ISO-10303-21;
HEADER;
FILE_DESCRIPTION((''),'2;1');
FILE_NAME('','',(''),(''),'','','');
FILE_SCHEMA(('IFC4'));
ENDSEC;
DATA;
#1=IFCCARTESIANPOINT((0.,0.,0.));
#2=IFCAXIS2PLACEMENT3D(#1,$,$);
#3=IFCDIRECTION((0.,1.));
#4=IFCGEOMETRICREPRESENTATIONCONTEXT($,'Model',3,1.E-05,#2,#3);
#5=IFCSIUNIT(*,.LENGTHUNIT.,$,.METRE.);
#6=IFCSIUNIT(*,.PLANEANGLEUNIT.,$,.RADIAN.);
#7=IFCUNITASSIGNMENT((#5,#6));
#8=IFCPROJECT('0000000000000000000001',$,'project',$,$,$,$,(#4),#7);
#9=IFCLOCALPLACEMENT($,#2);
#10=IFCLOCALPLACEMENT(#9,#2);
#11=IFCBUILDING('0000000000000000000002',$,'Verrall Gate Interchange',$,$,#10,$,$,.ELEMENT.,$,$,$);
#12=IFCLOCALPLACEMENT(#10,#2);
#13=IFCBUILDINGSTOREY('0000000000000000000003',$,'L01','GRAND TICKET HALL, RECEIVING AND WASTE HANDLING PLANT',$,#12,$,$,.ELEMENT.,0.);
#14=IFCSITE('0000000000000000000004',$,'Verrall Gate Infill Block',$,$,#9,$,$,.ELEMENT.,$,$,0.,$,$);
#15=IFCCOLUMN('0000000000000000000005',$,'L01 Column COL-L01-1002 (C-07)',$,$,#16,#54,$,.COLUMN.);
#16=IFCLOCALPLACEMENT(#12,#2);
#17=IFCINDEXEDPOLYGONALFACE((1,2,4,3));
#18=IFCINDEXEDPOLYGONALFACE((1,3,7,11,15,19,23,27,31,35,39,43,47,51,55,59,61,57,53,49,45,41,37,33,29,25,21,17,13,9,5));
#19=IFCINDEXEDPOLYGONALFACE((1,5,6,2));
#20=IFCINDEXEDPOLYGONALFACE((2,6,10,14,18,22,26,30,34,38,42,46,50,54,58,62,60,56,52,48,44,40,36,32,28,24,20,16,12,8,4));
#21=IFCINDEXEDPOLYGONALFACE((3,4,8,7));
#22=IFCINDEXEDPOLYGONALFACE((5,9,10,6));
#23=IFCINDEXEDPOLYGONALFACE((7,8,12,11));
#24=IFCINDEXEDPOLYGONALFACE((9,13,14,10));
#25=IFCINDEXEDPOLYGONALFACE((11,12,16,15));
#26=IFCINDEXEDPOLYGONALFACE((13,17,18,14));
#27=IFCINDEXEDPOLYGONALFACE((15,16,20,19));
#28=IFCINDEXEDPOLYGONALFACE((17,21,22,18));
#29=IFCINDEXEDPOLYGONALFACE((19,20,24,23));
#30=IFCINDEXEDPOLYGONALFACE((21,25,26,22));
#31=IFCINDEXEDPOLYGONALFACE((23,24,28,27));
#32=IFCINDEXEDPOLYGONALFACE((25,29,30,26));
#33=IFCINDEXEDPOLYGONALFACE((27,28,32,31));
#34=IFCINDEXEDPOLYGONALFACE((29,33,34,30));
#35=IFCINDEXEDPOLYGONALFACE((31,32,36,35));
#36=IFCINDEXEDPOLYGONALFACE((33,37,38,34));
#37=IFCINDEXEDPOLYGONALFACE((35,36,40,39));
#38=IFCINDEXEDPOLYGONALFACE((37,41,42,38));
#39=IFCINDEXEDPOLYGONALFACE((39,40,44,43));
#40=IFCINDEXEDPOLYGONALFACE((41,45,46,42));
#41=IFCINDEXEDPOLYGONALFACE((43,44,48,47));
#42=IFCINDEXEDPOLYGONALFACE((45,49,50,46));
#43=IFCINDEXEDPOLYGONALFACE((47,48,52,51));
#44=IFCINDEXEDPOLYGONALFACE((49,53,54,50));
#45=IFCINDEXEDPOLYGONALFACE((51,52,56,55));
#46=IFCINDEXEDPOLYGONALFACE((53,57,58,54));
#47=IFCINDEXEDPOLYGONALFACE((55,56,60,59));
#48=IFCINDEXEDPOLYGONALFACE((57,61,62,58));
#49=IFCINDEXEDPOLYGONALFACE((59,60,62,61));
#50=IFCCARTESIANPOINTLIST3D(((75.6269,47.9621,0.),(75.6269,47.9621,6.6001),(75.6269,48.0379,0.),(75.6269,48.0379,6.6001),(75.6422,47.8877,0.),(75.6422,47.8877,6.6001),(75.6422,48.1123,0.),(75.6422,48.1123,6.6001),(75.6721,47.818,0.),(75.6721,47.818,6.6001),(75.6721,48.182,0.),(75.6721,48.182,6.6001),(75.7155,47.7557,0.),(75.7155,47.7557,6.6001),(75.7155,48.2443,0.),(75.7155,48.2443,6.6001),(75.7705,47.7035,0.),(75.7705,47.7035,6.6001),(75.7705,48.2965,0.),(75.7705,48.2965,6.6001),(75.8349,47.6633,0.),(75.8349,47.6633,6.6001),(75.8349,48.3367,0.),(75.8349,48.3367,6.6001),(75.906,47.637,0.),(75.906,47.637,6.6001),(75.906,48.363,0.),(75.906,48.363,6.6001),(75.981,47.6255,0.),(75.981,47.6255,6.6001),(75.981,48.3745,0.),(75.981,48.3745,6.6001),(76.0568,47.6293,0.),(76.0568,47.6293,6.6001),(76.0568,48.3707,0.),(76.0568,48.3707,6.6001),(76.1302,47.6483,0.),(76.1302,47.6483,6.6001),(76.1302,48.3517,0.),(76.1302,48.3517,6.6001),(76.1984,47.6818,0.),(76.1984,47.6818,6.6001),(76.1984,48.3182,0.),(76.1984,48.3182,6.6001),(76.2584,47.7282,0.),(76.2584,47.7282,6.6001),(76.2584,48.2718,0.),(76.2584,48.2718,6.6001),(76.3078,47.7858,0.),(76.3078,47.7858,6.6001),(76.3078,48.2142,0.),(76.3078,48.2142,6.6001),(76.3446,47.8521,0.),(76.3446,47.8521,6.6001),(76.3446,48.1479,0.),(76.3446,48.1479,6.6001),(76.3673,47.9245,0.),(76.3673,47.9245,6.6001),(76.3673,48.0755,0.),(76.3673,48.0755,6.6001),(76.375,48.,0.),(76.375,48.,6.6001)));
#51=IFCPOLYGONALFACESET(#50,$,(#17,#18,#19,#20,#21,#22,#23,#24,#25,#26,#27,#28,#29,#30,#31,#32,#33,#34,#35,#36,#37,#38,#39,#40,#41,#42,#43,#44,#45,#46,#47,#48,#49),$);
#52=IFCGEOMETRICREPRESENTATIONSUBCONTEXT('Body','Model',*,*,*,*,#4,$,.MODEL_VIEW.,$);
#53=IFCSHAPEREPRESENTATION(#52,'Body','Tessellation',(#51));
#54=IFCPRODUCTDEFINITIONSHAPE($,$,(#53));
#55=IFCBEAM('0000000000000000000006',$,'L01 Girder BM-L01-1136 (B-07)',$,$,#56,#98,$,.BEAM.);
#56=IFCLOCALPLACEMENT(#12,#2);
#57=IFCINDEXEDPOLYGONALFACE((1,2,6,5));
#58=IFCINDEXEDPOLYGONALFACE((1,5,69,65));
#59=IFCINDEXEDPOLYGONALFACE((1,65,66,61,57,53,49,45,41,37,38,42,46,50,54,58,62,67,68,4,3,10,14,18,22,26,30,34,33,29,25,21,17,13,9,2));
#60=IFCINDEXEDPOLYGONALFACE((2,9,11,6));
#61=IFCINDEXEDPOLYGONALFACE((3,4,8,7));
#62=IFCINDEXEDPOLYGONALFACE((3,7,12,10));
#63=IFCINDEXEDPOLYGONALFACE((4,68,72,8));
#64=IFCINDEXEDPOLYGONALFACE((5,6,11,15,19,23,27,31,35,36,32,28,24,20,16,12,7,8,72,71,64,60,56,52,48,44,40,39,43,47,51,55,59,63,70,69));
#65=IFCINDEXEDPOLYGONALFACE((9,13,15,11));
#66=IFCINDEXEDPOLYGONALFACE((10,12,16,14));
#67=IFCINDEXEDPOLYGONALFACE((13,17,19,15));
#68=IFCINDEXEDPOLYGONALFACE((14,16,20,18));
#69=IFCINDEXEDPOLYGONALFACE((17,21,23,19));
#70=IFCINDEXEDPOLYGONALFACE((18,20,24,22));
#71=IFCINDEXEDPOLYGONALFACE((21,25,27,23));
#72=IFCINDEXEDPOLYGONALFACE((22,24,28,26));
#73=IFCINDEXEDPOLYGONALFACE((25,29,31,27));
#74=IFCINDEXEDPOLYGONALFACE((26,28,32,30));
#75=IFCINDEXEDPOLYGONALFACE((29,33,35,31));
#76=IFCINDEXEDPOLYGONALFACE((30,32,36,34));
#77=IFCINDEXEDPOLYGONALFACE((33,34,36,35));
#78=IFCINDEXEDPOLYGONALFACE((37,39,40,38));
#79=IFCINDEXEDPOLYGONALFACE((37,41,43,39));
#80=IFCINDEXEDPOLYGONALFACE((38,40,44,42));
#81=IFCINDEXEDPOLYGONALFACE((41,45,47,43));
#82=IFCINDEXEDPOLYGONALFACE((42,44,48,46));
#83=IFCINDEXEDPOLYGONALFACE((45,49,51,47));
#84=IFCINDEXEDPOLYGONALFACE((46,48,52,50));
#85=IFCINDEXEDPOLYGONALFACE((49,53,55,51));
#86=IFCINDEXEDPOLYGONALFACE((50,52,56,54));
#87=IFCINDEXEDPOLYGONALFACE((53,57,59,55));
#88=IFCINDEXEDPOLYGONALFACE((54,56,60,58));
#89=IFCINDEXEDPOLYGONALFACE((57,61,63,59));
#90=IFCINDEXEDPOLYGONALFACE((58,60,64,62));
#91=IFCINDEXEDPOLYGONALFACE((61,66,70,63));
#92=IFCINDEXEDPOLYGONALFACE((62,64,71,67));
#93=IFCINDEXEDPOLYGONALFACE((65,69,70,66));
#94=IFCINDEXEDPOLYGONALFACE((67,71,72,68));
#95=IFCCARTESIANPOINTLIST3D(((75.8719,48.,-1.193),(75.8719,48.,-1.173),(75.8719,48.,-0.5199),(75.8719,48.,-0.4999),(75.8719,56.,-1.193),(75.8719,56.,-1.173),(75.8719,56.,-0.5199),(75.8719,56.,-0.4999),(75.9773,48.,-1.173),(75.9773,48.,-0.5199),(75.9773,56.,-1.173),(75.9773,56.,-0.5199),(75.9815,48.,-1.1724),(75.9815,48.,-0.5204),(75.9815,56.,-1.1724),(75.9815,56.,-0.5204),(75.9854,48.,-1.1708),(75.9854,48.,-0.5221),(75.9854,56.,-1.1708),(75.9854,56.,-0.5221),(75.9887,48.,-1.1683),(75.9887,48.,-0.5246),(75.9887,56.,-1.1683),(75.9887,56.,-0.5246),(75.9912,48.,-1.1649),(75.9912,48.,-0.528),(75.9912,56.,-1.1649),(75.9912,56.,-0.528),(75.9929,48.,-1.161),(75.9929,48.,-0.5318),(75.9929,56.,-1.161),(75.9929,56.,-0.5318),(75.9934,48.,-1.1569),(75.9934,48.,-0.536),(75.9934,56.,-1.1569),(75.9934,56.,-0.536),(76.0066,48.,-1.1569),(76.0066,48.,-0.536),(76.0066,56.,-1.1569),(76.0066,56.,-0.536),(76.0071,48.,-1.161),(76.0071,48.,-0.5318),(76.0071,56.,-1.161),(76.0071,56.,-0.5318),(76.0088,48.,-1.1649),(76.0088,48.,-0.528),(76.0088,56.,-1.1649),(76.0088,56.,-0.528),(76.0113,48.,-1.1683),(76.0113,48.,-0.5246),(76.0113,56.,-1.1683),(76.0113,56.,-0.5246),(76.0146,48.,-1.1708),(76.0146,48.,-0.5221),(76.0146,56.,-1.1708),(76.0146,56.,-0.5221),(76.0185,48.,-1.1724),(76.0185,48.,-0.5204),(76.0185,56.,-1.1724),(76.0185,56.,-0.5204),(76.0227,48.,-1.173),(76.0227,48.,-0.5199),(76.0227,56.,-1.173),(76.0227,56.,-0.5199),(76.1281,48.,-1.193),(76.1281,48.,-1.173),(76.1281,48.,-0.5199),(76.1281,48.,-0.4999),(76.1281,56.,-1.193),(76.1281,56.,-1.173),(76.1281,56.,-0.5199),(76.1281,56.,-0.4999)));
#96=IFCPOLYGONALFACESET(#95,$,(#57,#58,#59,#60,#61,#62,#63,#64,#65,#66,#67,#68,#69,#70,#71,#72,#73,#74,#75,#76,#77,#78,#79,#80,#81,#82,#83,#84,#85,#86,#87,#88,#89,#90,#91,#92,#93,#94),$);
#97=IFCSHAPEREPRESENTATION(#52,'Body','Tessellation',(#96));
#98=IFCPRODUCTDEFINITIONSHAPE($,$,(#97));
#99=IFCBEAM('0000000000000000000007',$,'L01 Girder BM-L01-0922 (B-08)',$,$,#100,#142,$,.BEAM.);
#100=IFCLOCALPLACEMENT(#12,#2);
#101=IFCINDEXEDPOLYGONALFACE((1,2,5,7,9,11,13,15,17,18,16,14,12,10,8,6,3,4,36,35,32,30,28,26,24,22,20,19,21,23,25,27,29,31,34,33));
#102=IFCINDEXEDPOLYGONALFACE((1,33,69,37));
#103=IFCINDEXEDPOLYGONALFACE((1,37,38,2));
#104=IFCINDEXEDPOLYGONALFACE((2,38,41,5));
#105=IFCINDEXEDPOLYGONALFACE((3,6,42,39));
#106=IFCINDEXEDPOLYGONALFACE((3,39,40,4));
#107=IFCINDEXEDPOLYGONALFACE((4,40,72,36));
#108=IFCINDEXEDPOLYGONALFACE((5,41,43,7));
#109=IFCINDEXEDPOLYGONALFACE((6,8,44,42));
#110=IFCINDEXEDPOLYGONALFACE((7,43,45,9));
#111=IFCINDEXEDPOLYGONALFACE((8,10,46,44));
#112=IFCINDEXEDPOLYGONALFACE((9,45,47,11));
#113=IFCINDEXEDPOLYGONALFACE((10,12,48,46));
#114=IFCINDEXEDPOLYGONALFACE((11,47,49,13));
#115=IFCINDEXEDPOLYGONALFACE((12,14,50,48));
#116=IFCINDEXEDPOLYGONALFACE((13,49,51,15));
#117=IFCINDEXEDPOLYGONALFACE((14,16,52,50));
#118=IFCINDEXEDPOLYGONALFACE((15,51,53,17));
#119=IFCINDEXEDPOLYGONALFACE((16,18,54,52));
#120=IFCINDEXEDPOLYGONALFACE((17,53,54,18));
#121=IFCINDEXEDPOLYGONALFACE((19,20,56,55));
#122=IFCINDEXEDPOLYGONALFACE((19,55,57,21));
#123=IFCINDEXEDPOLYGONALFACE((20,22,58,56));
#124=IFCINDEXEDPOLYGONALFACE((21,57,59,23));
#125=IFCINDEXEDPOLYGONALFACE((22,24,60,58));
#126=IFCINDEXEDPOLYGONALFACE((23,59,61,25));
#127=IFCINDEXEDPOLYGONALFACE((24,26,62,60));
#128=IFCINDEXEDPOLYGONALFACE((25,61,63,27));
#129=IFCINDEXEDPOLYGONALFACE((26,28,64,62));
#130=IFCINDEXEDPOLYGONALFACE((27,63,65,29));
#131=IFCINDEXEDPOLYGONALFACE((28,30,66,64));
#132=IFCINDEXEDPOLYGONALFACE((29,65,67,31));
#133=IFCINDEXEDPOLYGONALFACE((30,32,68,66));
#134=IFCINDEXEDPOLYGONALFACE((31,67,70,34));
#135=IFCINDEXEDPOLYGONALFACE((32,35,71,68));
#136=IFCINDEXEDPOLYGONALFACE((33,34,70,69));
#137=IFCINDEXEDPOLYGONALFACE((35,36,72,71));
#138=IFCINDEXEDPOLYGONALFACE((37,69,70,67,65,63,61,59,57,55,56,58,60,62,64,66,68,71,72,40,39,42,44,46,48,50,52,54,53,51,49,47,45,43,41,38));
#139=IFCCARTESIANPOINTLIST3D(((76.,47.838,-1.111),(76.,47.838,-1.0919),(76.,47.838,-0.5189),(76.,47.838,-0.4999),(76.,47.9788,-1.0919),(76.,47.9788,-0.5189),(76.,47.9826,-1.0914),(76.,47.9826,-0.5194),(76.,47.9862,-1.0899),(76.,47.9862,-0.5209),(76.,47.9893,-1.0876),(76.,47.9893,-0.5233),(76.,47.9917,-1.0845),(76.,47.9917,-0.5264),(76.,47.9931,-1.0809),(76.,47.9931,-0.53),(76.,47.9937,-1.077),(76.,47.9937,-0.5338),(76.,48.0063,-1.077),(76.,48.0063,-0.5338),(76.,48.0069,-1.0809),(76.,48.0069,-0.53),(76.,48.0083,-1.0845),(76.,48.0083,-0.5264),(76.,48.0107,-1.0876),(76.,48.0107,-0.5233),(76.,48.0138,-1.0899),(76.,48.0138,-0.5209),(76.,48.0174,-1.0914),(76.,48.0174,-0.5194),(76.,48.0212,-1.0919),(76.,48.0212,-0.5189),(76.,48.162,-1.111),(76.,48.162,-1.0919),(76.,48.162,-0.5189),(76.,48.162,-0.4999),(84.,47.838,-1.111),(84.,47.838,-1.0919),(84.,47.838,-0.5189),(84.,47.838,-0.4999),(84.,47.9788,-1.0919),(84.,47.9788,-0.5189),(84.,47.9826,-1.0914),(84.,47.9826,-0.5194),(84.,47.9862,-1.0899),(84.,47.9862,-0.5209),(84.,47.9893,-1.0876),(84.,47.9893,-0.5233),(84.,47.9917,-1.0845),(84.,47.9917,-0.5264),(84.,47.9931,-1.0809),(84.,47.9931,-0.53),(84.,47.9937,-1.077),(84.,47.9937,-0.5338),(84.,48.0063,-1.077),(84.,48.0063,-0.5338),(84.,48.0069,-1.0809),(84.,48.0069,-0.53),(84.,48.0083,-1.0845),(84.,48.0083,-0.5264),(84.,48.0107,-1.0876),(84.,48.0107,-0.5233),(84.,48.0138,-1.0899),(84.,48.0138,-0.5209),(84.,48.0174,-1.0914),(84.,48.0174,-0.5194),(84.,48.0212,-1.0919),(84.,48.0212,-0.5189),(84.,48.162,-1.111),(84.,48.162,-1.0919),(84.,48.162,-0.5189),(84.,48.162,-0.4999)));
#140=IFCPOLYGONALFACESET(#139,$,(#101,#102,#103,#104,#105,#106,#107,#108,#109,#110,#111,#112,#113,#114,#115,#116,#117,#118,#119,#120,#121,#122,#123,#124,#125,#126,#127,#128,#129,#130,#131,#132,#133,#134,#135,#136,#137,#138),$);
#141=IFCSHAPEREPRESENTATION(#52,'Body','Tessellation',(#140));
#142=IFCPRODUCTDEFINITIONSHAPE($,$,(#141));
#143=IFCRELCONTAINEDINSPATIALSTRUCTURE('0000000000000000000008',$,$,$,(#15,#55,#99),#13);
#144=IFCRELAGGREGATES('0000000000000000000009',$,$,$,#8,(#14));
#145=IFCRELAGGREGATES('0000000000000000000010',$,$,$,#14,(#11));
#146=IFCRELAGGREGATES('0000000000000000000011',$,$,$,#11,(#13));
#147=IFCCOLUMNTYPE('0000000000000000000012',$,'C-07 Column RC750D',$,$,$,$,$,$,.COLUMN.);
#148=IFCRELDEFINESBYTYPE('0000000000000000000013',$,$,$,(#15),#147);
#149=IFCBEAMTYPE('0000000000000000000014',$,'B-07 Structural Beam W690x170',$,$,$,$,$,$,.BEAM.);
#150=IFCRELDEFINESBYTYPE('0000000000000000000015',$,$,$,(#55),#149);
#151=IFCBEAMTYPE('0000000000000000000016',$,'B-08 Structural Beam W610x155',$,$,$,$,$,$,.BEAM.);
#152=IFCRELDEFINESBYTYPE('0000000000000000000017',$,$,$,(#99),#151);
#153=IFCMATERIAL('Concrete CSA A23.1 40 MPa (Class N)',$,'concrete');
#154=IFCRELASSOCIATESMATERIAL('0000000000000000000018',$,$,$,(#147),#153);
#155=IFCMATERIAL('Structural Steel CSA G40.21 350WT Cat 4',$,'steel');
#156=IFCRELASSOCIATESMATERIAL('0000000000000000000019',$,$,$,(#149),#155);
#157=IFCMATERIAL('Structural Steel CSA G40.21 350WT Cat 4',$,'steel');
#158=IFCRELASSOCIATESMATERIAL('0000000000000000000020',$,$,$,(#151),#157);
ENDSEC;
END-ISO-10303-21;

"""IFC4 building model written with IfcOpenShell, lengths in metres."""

from ifc_helpers import new_model, si_unit, direction, frame, origin, origin_2d, place, context, subcontext, project, spatial, circle, i_section, extrude, material, material_profile, profile_set, type_object, element, save


model = new_model("IFC4")

# Units and contexts
model_context = context("Model", 3, precision=1e-05, world=origin(), true_north=direction((0.0, 1.0)))
body_context = subcontext(model_context, "Body", "Model", "MODEL_VIEW")
ifc_project = project(units=[si_unit("LENGTHUNIT", "METRE"), si_unit("PLANEANGLEUNIT", "RADIAN")], contexts=[model_context])

# Site, building, storey
site_placement = place(None, origin())
site = spatial("IfcSite", under=ifc_project, at=site_placement, Name="Verrall Gate Infill Block", CompositionType="ELEMENT", RefElevation=0.0)
building_placement = place(site_placement, origin())
building = spatial("IfcBuilding", under=site, at=building_placement, Name="Verrall Gate Interchange", CompositionType="ELEMENT")
storey_placement = place(building_placement, origin())
storey = spatial("IfcBuildingStorey", under=building, at=storey_placement, Name="L01", Description="GRAND TICKET HALL, RECEIVING AND WASTE HANDLING PLANT", CompositionType="ELEMENT", Elevation=0.0)

# Column
ifc_material_1 = material(Name="Concrete CSA A23.1 40 MPa (Class N)", Category="concrete")
ifc_material_profile_1 = material_profile(ifc_material_1, circle(Radius=0.375, at=origin_2d()), Name="RC750D")
ifc_profile_set_1 = profile_set([ifc_material_profile_1], Name="Concrete CSA A23.1 40 MPa (Class N)")
column_type = type_object("IfcColumnType", Name="C-07 Column RC750D", PredefinedType="COLUMN", material=ifc_profile_set_1)
column_placement = place(storey_placement, frame((76.0, 48.0, 0.0), z_axis=(0.0, 0.0, 1.0), x_axis=(1.0, 0.0, 0.0)))
element("IfcColumn", 1, at=column_placement, inside=storey, type_object=column_type, Name="L01 Column COL-L01-1002 (C-07)", PredefinedType="COLUMN", context=body_context, shape_type="SweptSolid", body=[
    extrude(circle(Radius=0.375, at=origin_2d()), origin(), (0.0, 0.0, 1.0), 6.6001),
])

# Beams
ifc_material_2 = material(Name="Structural Steel CSA G40.21 350WT Cat 4", Category="steel")
ifc_material_profile_2 = material_profile(ifc_material_2, i_section(OverallWidth=0.2561, OverallDepth=0.6931, WebThickness=0.0132, FlangeThickness=0.02, FilletRadius=0.0161, at=origin_2d()), Name="W690x170")
ifc_profile_set_2 = profile_set([ifc_material_profile_2], Name="Structural Steel CSA G40.21 350WT Cat 4")
beam_type_1 = type_object("IfcBeamType", Name="B-07 Structural Beam W690x170", PredefinedType="BEAM", material=ifc_profile_set_2)
beam_1_placement = place(storey_placement, frame((76.0, 48.0, -0.8464), z_axis=(0.0, 1.0, 0.0), x_axis=(-1.0, 0.0, 0.0)))
element("IfcBeam", 2, at=beam_1_placement, inside=storey, type_object=beam_type_1, Name="L01 Girder BM-L01-1136 (B-07)", PredefinedType="BEAM", context=body_context, shape_type="SweptSolid", body=[
    extrude(i_section(OverallWidth=0.2561, OverallDepth=0.6931, WebThickness=0.0132, FlangeThickness=0.02, FilletRadius=0.0161, at=origin_2d()), origin(), (0.0, 0.0, 1.0), 8.0),
])
ifc_material_3 = material(Name="Structural Steel CSA G40.21 350WT Cat 4", Category="steel")
ifc_material_profile_3 = material_profile(ifc_material_3, i_section(OverallWidth=0.324, OverallDepth=0.6111, WebThickness=0.0127, FlangeThickness=0.019, FilletRadius=0.0149, at=origin_2d()), Name="W610x155")
ifc_profile_set_3 = profile_set([ifc_material_profile_3], Name="Structural Steel CSA G40.21 350WT Cat 4")
beam_type_2 = type_object("IfcBeamType", Name="B-08 Structural Beam W610x155", PredefinedType="BEAM", material=ifc_profile_set_3)
beam_2_placement = place(storey_placement, frame((76.0, 48.0, -0.8054), z_axis=(1.0, 0.0, 0.0), x_axis=(0.0, 1.0, 0.0)))
element("IfcBeam", 3, at=beam_2_placement, inside=storey, type_object=beam_type_2, Name="L01 Girder BM-L01-0922 (B-08)", PredefinedType="BEAM", context=body_context, shape_type="SweptSolid", body=[
    extrude(i_section(OverallWidth=0.324, OverallDepth=0.6111, WebThickness=0.0127, FlangeThickness=0.019, FilletRadius=0.0149, at=origin_2d()), origin(), (0.0, 0.0, 1.0), 8.0),
])

save(model, "model.ifc")
